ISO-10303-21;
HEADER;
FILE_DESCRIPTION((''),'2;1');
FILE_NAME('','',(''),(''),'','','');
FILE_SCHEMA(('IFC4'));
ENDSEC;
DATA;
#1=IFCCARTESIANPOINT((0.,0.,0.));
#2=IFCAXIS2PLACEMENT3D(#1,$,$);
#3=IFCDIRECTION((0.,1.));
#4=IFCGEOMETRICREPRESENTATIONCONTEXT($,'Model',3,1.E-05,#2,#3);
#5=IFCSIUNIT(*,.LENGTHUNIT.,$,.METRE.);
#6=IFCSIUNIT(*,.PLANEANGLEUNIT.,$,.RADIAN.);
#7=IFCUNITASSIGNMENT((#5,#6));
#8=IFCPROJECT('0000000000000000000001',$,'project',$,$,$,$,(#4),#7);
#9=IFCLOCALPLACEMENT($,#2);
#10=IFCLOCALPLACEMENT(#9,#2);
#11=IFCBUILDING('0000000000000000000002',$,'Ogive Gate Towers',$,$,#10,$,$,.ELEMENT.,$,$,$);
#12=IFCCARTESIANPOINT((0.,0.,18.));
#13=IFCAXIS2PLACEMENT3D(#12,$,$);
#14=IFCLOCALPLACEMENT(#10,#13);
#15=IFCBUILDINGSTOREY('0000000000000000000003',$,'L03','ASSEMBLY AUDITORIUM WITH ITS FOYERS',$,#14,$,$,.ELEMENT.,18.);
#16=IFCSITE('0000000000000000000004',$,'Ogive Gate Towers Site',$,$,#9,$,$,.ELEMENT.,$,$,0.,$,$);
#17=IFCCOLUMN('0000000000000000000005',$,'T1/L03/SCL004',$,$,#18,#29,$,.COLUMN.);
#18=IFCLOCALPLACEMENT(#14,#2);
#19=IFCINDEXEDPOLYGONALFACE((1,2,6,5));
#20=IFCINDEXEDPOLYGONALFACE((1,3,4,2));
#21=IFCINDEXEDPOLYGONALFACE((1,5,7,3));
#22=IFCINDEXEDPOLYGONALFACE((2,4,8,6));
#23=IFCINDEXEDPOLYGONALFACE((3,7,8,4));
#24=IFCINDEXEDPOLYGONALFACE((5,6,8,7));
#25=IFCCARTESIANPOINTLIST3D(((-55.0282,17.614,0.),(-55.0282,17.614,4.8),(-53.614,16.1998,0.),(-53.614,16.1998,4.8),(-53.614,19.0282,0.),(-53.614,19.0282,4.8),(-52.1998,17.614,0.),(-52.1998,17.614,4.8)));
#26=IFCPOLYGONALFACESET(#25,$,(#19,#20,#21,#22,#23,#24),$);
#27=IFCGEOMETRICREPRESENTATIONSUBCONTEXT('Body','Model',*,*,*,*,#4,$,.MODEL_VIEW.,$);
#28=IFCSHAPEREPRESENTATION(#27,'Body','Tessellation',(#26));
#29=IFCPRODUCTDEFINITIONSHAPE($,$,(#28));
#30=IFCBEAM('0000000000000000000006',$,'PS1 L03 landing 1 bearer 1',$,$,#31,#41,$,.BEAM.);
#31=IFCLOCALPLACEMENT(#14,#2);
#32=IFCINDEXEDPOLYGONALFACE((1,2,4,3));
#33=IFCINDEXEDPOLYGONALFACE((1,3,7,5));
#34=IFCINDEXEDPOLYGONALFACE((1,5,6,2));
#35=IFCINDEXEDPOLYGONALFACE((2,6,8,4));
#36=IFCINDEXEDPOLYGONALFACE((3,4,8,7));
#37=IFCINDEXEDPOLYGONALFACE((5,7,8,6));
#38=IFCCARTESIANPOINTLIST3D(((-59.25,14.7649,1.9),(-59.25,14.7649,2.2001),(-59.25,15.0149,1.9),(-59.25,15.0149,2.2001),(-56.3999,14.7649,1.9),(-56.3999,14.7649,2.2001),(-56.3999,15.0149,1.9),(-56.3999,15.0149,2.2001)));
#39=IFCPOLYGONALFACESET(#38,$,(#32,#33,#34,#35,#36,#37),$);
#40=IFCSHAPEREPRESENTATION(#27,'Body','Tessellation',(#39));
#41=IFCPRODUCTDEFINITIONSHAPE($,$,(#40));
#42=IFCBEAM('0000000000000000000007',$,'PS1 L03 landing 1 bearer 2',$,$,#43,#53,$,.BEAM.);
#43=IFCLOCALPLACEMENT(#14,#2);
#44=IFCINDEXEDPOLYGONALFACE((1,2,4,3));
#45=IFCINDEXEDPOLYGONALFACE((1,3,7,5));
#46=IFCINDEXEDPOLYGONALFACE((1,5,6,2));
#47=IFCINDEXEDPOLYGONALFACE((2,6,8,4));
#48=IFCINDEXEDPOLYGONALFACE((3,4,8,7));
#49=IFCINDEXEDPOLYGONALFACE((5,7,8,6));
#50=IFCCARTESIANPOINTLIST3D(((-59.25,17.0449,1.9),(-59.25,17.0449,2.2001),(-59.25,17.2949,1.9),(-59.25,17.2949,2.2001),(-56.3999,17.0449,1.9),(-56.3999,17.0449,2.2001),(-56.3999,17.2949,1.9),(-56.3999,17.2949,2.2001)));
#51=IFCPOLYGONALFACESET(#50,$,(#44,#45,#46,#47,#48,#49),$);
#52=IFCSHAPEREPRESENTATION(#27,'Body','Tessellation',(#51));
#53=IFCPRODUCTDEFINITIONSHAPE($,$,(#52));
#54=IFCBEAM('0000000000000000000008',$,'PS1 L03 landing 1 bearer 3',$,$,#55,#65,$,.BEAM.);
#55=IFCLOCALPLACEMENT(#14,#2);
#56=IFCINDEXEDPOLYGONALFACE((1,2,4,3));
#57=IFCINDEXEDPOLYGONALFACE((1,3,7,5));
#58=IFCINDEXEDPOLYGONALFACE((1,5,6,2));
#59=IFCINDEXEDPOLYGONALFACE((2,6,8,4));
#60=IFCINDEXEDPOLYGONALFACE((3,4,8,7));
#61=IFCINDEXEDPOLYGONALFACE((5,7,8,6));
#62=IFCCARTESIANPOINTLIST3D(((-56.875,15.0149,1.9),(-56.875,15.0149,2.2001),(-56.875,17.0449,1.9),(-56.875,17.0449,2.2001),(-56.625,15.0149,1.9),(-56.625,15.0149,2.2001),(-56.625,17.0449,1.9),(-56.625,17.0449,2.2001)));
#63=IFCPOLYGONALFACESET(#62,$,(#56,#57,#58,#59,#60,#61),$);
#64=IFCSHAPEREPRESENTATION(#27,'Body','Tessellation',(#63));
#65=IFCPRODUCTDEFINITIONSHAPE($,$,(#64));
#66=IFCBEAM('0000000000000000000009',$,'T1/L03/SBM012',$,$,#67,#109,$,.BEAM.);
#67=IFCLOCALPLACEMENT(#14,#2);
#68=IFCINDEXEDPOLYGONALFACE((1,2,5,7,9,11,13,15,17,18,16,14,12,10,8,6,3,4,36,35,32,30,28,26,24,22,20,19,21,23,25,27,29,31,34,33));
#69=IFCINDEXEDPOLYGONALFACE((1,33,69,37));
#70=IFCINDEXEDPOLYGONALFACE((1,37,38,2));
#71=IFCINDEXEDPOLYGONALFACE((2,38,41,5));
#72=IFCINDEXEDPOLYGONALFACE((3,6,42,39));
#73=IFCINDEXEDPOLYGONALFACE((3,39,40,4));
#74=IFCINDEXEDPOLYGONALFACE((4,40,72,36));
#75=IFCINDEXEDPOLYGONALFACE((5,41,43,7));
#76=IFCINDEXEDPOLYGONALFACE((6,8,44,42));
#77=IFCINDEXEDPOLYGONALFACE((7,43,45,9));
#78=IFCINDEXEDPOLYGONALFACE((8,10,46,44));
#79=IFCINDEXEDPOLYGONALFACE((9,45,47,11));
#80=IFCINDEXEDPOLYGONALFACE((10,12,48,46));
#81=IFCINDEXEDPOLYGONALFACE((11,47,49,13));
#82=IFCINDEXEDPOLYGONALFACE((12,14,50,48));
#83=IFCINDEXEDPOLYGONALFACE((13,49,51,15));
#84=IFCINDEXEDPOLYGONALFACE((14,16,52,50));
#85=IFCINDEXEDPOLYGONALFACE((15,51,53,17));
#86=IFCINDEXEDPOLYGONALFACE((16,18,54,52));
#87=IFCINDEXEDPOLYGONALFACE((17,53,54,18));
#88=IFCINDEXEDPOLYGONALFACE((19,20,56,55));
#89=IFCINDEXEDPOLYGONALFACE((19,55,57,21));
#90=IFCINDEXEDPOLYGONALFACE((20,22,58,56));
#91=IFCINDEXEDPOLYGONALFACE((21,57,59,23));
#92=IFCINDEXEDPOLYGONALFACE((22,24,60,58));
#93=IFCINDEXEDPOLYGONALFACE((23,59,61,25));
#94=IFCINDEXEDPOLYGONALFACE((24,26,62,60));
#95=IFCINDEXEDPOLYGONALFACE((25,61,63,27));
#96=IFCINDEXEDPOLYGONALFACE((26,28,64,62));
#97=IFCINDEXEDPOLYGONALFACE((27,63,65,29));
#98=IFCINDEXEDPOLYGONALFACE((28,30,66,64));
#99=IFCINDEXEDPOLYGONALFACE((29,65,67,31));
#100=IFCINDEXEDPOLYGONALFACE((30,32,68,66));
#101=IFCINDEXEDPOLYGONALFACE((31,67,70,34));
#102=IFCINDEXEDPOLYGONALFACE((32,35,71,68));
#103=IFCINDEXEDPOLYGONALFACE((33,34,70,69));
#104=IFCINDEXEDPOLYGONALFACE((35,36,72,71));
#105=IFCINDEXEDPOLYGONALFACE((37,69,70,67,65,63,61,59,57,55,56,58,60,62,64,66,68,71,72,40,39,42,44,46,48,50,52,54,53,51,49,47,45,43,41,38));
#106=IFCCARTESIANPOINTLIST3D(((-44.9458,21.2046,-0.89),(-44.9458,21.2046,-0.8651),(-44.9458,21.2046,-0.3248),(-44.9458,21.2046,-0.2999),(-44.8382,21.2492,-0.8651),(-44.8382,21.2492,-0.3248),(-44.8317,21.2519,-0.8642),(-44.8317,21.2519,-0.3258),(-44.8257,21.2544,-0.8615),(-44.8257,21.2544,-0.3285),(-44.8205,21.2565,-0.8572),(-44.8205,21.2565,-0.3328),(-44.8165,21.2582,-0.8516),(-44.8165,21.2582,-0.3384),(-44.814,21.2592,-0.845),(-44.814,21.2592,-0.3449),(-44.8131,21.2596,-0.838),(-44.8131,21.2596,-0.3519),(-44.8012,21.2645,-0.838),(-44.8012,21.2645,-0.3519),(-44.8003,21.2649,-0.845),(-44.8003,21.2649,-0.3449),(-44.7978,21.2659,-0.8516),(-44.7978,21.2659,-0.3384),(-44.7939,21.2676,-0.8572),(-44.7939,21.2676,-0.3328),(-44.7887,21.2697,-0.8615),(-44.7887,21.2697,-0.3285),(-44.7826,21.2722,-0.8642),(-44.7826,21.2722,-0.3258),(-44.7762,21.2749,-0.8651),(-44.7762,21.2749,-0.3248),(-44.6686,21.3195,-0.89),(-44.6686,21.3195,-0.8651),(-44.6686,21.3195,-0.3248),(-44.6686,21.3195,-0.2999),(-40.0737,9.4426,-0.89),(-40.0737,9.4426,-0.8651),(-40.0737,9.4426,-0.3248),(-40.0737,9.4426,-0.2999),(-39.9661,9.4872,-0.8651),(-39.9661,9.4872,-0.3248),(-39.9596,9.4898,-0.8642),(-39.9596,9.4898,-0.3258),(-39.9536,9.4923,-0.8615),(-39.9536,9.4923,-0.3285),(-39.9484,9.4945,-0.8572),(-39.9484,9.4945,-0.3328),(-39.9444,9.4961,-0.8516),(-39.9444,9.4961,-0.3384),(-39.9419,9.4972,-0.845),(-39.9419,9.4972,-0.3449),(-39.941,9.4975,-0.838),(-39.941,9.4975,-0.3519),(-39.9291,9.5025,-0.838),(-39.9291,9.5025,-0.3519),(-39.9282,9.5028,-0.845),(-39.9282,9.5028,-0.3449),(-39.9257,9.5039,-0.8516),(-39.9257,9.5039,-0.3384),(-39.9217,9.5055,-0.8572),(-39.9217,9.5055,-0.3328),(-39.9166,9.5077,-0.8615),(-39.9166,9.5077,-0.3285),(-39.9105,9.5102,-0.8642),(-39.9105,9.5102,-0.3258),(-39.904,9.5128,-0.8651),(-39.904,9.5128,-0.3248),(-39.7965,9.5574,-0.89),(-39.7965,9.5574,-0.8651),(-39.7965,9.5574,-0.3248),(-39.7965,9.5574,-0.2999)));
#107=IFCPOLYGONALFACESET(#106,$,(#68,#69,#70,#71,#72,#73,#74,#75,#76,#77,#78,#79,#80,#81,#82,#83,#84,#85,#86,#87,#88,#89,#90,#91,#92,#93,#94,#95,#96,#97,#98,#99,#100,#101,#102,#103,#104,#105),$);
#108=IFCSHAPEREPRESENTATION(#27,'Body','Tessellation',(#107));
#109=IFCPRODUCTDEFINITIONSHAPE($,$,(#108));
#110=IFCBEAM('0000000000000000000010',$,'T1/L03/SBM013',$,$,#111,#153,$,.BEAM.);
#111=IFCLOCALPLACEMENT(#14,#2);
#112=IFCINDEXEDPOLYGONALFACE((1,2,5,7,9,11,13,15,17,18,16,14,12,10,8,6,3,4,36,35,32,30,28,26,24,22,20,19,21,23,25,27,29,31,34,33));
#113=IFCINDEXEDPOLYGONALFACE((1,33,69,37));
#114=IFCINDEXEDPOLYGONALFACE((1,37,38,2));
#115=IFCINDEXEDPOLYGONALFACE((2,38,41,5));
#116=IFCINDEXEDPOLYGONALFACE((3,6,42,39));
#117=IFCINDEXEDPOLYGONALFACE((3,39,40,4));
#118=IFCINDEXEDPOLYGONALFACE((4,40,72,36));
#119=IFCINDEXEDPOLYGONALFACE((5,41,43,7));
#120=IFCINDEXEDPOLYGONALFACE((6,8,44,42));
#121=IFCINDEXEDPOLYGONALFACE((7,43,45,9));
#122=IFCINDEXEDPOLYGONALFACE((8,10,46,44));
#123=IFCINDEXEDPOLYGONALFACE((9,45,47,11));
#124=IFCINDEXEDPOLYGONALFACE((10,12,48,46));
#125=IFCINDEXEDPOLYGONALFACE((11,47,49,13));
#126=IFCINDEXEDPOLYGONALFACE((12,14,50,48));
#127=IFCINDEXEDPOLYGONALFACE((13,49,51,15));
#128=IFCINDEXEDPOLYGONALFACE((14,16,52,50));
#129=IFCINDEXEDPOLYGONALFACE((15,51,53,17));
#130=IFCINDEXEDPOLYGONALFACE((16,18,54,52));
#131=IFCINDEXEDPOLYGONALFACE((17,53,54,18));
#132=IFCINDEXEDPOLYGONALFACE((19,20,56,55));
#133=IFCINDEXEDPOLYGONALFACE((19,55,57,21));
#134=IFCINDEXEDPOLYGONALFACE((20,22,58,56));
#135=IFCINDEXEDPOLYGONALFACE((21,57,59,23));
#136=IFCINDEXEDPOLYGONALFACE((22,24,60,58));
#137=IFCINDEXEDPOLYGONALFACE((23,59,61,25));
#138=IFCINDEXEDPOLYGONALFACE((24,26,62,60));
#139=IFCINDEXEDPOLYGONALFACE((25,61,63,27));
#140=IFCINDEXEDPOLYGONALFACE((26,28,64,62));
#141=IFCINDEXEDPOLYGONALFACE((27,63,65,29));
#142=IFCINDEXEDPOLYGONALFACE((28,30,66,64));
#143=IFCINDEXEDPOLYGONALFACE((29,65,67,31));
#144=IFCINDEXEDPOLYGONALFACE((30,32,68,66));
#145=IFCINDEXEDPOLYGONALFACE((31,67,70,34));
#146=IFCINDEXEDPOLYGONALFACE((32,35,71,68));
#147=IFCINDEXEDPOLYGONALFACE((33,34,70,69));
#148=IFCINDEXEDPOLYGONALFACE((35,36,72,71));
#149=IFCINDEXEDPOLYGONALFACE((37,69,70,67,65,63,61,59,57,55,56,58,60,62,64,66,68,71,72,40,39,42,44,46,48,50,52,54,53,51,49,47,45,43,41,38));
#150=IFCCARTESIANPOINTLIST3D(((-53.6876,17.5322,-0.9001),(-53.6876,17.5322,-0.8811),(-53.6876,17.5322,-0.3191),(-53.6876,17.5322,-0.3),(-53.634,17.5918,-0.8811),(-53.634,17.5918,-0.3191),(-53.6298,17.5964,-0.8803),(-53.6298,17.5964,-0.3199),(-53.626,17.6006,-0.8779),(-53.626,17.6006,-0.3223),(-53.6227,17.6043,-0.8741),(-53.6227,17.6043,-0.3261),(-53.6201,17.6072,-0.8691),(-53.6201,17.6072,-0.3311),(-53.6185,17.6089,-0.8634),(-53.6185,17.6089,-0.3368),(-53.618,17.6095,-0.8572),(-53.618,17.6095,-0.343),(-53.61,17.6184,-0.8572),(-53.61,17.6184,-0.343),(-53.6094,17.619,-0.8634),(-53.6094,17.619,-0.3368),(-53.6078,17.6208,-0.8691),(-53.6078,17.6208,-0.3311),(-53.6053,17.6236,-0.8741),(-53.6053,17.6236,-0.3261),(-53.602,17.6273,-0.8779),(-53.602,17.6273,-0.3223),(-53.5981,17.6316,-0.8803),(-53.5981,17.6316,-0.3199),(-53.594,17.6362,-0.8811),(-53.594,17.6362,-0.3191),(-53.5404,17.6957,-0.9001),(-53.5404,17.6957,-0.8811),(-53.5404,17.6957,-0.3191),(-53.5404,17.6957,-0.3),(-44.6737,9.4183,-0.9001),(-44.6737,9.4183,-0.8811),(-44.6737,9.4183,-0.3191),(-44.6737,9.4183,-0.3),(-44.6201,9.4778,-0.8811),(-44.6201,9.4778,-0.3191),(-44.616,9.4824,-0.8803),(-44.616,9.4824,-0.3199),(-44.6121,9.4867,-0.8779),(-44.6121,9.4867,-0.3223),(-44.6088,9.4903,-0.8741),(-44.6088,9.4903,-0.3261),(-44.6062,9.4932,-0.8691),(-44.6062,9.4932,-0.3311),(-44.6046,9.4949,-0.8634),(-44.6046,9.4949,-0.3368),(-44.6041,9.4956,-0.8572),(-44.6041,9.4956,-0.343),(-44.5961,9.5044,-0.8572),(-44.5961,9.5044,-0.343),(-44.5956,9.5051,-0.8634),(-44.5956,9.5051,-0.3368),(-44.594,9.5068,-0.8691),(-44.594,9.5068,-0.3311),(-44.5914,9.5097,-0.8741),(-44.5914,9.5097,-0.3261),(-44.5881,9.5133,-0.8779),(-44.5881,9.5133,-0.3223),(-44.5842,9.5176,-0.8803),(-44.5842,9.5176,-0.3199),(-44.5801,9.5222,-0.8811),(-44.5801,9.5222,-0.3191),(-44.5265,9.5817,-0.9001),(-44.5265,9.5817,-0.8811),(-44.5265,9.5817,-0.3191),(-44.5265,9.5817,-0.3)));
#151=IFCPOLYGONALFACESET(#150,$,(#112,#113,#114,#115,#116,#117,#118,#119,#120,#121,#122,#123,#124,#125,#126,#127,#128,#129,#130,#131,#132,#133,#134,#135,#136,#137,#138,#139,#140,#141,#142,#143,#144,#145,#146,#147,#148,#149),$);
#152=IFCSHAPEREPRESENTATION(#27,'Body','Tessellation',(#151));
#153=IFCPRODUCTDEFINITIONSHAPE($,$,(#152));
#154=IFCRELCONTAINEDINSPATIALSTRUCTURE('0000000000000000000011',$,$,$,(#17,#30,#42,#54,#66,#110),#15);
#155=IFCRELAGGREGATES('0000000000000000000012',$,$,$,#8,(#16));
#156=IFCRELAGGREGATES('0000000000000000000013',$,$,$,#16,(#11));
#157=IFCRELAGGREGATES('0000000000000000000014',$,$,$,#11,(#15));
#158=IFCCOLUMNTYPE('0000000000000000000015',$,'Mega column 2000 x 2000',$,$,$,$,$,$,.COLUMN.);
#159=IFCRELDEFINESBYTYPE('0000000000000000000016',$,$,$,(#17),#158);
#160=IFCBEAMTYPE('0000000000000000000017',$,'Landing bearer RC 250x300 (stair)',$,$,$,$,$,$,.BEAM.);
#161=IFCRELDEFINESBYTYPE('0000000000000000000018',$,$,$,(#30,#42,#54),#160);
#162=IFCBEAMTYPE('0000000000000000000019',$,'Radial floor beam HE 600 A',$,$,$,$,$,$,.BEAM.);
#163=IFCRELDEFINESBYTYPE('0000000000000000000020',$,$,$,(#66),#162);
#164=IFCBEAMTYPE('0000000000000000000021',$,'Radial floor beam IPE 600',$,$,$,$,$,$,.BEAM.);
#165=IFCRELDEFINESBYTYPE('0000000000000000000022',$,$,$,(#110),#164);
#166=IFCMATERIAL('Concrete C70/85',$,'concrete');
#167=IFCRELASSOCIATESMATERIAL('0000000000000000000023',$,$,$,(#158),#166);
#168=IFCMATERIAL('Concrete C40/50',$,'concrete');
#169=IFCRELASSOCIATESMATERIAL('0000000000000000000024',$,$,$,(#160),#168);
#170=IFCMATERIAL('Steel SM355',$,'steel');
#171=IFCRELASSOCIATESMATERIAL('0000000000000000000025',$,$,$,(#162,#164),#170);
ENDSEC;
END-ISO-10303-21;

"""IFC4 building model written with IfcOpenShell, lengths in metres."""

from ifc_helpers import new_model, si_unit, direction, frame, origin, origin_2d, place, context, subcontext, project, spatial, rectangle, i_section, extrude, material, material_profile, profile_set, type_object, element, save


model = new_model("IFC4")

# Units and contexts
model_context = context("Model", 3, precision=1e-05, world=origin(), true_north=direction((0.0, 1.0)))
body_context = subcontext(model_context, "Body", "Model", "MODEL_VIEW")
ifc_project = project(units=[si_unit("LENGTHUNIT", "METRE"), si_unit("PLANEANGLEUNIT", "RADIAN")], contexts=[model_context])

# Site, building, storey
site_placement = place(None, origin())
site = spatial("IfcSite", under=ifc_project, at=site_placement, Name="Ogive Gate Towers Site", CompositionType="ELEMENT", RefElevation=0.0)
building_placement = place(site_placement, origin())
building = spatial("IfcBuilding", under=site, at=building_placement, Name="Ogive Gate Towers", CompositionType="ELEMENT")
storey_placement = place(building_placement, frame((0.0, 0.0, 18.0)))
storey = spatial("IfcBuildingStorey", under=building, at=storey_placement, Name="L03", Description="ASSEMBLY AUDITORIUM WITH ITS FOYERS", CompositionType="ELEMENT", Elevation=18.0)

# Column
ifc_material_1 = material(Name="Concrete C70/85", Category="concrete")
ifc_material_profile_1 = material_profile(ifc_material_1, rectangle(XDim=2.0, YDim=2.0, at=origin_2d()), Name="RC 2000x2000")
ifc_profile_set_1 = profile_set([ifc_material_profile_1], Name="Concrete C70/85")
column_type = type_object("IfcColumnType", Name="Mega column 2000 x 2000", PredefinedType="COLUMN", material=ifc_profile_set_1)
column_placement = place(storey_placement, frame((-53.614, 17.614, 0.0), z_axis=(0.0, 0.0, 1.0), x_axis=(-0.707107, 0.707107, 0.0)))
element("IfcColumn", 1, at=column_placement, inside=storey, type_object=column_type, Name="T1/L03/SCL004", PredefinedType="COLUMN", context=body_context, shape_type="SweptSolid", body=[
    extrude(rectangle(XDim=2.0, YDim=2.0, at=origin_2d()), origin(), (0.0, 0.0, 1.0), 4.8),
])

# Beams
ifc_material_2 = material(Name="Concrete C40/50", Category="concrete")
ifc_material_profile_2 = material_profile(ifc_material_2, rectangle(XDim=0.25, YDim=0.3, at=origin_2d()), Name="RC 250x300")
ifc_profile_set_2 = profile_set([ifc_material_profile_2], Name="Concrete C40/50")
beam_type_1 = type_object("IfcBeamType", Name="Landing bearer RC 250x300 (stair)", PredefinedType="BEAM", material=ifc_profile_set_2)
for number, where, z_axis, x_axis, name in (
    (2, (-56.3999, 14.8899, 2.05), (-1.0, 0.0, 0.0), (0.0, -1.0, 0.0), "PS1 L03 landing 1 bearer 1"),
    (3, (-56.3999, 17.1699, 2.05), (-1.0, 0.0, 0.0), (0.0, -1.0, 0.0), "PS1 L03 landing 1 bearer 2"),
):
    element("IfcBeam", number, at=place(storey_placement, frame(where, z_axis=z_axis, x_axis=x_axis)), inside=storey, type_object=beam_type_1, Name=name, PredefinedType="BEAM", context=body_context, shape_type="SweptSolid", body=[
        extrude(rectangle(XDim=0.25, YDim=0.3, at=origin_2d()), origin(), (0.0, 0.0, 1.0), 2.8501),
    ])
beam_1_placement = place(storey_placement, frame((-56.75, 15.0149, 2.05), z_axis=(0.0, 1.0, 0.0), x_axis=(-1.0, 0.0, 0.0)))
element("IfcBeam", 4, at=beam_1_placement, inside=storey, type_object=beam_type_1, Name="PS1 L03 landing 1 bearer 3", PredefinedType="BEAM", context=body_context, shape_type="SweptSolid", body=[
    extrude(rectangle(XDim=0.25, YDim=0.3, at=origin_2d()), origin(), (0.0, 0.0, 1.0), 2.03),
])
ifc_material_3 = material(Name="Steel SM355", Category="steel")
ifc_material_profile_3 = material_profile(ifc_material_3, i_section(OverallWidth=0.3, OverallDepth=0.5901, WebThickness=0.0129, FlangeThickness=0.0249, FilletRadius=0.0271, at=origin_2d()), Name="HE 600 A")
ifc_profile_set_3 = profile_set([ifc_material_profile_3], Name="Steel SM355")
beam_type_2 = type_object("IfcBeamType", Name="Radial floor beam HE 600 A", PredefinedType="BEAM", material=ifc_profile_set_3)
beam_2_placement = place(storey_placement, frame((-39.9351, 9.5, -0.595), z_axis=(-0.382691, 0.923877, 0.0), x_axis=(-0.923877, -0.382691, 0.0)))
element("IfcBeam", 5, at=beam_2_placement, inside=storey, type_object=beam_type_2, Name="T1/L03/SBM012", PredefinedType="BEAM", context=body_context, shape_type="SweptSolid", body=[
    extrude(i_section(OverallWidth=0.3, OverallDepth=0.5901, WebThickness=0.0129, FlangeThickness=0.0249, FilletRadius=0.0271, at=origin_2d()), origin(), (0.0, 0.0, 1.0), 12.7312),
])
ifc_material_profile_4 = material_profile(ifc_material_3, i_section(OverallWidth=0.22, OverallDepth=0.6001, WebThickness=0.012, FlangeThickness=0.019, FilletRadius=0.0239, at=origin_2d()), Name="IPE 600")
ifc_profile_set_4 = profile_set([ifc_material_profile_4], Name="Steel SM355")
beam_type_3 = type_object("IfcBeamType", Name="Radial floor beam IPE 600", PredefinedType="BEAM", material=ifc_profile_set_4)
beam_3_placement = place(storey_placement, frame((-44.6001, 9.5, -0.6001), z_axis=(-0.743233, 0.669033, 0.0), x_axis=(-0.669033, -0.743233, 0.0)))
element("IfcBeam", 6, at=beam_3_placement, inside=storey, type_object=beam_type_3, Name="T1/L03/SBM013", PredefinedType="BEAM", context=body_context, shape_type="SweptSolid", body=[
    extrude(i_section(OverallWidth=0.22, OverallDepth=0.6001, WebThickness=0.012, FlangeThickness=0.019, FilletRadius=0.0239, at=origin_2d()), origin(), (0.0, 0.0, 1.0), 12.1279),
])

save(model, "model.ifc")
